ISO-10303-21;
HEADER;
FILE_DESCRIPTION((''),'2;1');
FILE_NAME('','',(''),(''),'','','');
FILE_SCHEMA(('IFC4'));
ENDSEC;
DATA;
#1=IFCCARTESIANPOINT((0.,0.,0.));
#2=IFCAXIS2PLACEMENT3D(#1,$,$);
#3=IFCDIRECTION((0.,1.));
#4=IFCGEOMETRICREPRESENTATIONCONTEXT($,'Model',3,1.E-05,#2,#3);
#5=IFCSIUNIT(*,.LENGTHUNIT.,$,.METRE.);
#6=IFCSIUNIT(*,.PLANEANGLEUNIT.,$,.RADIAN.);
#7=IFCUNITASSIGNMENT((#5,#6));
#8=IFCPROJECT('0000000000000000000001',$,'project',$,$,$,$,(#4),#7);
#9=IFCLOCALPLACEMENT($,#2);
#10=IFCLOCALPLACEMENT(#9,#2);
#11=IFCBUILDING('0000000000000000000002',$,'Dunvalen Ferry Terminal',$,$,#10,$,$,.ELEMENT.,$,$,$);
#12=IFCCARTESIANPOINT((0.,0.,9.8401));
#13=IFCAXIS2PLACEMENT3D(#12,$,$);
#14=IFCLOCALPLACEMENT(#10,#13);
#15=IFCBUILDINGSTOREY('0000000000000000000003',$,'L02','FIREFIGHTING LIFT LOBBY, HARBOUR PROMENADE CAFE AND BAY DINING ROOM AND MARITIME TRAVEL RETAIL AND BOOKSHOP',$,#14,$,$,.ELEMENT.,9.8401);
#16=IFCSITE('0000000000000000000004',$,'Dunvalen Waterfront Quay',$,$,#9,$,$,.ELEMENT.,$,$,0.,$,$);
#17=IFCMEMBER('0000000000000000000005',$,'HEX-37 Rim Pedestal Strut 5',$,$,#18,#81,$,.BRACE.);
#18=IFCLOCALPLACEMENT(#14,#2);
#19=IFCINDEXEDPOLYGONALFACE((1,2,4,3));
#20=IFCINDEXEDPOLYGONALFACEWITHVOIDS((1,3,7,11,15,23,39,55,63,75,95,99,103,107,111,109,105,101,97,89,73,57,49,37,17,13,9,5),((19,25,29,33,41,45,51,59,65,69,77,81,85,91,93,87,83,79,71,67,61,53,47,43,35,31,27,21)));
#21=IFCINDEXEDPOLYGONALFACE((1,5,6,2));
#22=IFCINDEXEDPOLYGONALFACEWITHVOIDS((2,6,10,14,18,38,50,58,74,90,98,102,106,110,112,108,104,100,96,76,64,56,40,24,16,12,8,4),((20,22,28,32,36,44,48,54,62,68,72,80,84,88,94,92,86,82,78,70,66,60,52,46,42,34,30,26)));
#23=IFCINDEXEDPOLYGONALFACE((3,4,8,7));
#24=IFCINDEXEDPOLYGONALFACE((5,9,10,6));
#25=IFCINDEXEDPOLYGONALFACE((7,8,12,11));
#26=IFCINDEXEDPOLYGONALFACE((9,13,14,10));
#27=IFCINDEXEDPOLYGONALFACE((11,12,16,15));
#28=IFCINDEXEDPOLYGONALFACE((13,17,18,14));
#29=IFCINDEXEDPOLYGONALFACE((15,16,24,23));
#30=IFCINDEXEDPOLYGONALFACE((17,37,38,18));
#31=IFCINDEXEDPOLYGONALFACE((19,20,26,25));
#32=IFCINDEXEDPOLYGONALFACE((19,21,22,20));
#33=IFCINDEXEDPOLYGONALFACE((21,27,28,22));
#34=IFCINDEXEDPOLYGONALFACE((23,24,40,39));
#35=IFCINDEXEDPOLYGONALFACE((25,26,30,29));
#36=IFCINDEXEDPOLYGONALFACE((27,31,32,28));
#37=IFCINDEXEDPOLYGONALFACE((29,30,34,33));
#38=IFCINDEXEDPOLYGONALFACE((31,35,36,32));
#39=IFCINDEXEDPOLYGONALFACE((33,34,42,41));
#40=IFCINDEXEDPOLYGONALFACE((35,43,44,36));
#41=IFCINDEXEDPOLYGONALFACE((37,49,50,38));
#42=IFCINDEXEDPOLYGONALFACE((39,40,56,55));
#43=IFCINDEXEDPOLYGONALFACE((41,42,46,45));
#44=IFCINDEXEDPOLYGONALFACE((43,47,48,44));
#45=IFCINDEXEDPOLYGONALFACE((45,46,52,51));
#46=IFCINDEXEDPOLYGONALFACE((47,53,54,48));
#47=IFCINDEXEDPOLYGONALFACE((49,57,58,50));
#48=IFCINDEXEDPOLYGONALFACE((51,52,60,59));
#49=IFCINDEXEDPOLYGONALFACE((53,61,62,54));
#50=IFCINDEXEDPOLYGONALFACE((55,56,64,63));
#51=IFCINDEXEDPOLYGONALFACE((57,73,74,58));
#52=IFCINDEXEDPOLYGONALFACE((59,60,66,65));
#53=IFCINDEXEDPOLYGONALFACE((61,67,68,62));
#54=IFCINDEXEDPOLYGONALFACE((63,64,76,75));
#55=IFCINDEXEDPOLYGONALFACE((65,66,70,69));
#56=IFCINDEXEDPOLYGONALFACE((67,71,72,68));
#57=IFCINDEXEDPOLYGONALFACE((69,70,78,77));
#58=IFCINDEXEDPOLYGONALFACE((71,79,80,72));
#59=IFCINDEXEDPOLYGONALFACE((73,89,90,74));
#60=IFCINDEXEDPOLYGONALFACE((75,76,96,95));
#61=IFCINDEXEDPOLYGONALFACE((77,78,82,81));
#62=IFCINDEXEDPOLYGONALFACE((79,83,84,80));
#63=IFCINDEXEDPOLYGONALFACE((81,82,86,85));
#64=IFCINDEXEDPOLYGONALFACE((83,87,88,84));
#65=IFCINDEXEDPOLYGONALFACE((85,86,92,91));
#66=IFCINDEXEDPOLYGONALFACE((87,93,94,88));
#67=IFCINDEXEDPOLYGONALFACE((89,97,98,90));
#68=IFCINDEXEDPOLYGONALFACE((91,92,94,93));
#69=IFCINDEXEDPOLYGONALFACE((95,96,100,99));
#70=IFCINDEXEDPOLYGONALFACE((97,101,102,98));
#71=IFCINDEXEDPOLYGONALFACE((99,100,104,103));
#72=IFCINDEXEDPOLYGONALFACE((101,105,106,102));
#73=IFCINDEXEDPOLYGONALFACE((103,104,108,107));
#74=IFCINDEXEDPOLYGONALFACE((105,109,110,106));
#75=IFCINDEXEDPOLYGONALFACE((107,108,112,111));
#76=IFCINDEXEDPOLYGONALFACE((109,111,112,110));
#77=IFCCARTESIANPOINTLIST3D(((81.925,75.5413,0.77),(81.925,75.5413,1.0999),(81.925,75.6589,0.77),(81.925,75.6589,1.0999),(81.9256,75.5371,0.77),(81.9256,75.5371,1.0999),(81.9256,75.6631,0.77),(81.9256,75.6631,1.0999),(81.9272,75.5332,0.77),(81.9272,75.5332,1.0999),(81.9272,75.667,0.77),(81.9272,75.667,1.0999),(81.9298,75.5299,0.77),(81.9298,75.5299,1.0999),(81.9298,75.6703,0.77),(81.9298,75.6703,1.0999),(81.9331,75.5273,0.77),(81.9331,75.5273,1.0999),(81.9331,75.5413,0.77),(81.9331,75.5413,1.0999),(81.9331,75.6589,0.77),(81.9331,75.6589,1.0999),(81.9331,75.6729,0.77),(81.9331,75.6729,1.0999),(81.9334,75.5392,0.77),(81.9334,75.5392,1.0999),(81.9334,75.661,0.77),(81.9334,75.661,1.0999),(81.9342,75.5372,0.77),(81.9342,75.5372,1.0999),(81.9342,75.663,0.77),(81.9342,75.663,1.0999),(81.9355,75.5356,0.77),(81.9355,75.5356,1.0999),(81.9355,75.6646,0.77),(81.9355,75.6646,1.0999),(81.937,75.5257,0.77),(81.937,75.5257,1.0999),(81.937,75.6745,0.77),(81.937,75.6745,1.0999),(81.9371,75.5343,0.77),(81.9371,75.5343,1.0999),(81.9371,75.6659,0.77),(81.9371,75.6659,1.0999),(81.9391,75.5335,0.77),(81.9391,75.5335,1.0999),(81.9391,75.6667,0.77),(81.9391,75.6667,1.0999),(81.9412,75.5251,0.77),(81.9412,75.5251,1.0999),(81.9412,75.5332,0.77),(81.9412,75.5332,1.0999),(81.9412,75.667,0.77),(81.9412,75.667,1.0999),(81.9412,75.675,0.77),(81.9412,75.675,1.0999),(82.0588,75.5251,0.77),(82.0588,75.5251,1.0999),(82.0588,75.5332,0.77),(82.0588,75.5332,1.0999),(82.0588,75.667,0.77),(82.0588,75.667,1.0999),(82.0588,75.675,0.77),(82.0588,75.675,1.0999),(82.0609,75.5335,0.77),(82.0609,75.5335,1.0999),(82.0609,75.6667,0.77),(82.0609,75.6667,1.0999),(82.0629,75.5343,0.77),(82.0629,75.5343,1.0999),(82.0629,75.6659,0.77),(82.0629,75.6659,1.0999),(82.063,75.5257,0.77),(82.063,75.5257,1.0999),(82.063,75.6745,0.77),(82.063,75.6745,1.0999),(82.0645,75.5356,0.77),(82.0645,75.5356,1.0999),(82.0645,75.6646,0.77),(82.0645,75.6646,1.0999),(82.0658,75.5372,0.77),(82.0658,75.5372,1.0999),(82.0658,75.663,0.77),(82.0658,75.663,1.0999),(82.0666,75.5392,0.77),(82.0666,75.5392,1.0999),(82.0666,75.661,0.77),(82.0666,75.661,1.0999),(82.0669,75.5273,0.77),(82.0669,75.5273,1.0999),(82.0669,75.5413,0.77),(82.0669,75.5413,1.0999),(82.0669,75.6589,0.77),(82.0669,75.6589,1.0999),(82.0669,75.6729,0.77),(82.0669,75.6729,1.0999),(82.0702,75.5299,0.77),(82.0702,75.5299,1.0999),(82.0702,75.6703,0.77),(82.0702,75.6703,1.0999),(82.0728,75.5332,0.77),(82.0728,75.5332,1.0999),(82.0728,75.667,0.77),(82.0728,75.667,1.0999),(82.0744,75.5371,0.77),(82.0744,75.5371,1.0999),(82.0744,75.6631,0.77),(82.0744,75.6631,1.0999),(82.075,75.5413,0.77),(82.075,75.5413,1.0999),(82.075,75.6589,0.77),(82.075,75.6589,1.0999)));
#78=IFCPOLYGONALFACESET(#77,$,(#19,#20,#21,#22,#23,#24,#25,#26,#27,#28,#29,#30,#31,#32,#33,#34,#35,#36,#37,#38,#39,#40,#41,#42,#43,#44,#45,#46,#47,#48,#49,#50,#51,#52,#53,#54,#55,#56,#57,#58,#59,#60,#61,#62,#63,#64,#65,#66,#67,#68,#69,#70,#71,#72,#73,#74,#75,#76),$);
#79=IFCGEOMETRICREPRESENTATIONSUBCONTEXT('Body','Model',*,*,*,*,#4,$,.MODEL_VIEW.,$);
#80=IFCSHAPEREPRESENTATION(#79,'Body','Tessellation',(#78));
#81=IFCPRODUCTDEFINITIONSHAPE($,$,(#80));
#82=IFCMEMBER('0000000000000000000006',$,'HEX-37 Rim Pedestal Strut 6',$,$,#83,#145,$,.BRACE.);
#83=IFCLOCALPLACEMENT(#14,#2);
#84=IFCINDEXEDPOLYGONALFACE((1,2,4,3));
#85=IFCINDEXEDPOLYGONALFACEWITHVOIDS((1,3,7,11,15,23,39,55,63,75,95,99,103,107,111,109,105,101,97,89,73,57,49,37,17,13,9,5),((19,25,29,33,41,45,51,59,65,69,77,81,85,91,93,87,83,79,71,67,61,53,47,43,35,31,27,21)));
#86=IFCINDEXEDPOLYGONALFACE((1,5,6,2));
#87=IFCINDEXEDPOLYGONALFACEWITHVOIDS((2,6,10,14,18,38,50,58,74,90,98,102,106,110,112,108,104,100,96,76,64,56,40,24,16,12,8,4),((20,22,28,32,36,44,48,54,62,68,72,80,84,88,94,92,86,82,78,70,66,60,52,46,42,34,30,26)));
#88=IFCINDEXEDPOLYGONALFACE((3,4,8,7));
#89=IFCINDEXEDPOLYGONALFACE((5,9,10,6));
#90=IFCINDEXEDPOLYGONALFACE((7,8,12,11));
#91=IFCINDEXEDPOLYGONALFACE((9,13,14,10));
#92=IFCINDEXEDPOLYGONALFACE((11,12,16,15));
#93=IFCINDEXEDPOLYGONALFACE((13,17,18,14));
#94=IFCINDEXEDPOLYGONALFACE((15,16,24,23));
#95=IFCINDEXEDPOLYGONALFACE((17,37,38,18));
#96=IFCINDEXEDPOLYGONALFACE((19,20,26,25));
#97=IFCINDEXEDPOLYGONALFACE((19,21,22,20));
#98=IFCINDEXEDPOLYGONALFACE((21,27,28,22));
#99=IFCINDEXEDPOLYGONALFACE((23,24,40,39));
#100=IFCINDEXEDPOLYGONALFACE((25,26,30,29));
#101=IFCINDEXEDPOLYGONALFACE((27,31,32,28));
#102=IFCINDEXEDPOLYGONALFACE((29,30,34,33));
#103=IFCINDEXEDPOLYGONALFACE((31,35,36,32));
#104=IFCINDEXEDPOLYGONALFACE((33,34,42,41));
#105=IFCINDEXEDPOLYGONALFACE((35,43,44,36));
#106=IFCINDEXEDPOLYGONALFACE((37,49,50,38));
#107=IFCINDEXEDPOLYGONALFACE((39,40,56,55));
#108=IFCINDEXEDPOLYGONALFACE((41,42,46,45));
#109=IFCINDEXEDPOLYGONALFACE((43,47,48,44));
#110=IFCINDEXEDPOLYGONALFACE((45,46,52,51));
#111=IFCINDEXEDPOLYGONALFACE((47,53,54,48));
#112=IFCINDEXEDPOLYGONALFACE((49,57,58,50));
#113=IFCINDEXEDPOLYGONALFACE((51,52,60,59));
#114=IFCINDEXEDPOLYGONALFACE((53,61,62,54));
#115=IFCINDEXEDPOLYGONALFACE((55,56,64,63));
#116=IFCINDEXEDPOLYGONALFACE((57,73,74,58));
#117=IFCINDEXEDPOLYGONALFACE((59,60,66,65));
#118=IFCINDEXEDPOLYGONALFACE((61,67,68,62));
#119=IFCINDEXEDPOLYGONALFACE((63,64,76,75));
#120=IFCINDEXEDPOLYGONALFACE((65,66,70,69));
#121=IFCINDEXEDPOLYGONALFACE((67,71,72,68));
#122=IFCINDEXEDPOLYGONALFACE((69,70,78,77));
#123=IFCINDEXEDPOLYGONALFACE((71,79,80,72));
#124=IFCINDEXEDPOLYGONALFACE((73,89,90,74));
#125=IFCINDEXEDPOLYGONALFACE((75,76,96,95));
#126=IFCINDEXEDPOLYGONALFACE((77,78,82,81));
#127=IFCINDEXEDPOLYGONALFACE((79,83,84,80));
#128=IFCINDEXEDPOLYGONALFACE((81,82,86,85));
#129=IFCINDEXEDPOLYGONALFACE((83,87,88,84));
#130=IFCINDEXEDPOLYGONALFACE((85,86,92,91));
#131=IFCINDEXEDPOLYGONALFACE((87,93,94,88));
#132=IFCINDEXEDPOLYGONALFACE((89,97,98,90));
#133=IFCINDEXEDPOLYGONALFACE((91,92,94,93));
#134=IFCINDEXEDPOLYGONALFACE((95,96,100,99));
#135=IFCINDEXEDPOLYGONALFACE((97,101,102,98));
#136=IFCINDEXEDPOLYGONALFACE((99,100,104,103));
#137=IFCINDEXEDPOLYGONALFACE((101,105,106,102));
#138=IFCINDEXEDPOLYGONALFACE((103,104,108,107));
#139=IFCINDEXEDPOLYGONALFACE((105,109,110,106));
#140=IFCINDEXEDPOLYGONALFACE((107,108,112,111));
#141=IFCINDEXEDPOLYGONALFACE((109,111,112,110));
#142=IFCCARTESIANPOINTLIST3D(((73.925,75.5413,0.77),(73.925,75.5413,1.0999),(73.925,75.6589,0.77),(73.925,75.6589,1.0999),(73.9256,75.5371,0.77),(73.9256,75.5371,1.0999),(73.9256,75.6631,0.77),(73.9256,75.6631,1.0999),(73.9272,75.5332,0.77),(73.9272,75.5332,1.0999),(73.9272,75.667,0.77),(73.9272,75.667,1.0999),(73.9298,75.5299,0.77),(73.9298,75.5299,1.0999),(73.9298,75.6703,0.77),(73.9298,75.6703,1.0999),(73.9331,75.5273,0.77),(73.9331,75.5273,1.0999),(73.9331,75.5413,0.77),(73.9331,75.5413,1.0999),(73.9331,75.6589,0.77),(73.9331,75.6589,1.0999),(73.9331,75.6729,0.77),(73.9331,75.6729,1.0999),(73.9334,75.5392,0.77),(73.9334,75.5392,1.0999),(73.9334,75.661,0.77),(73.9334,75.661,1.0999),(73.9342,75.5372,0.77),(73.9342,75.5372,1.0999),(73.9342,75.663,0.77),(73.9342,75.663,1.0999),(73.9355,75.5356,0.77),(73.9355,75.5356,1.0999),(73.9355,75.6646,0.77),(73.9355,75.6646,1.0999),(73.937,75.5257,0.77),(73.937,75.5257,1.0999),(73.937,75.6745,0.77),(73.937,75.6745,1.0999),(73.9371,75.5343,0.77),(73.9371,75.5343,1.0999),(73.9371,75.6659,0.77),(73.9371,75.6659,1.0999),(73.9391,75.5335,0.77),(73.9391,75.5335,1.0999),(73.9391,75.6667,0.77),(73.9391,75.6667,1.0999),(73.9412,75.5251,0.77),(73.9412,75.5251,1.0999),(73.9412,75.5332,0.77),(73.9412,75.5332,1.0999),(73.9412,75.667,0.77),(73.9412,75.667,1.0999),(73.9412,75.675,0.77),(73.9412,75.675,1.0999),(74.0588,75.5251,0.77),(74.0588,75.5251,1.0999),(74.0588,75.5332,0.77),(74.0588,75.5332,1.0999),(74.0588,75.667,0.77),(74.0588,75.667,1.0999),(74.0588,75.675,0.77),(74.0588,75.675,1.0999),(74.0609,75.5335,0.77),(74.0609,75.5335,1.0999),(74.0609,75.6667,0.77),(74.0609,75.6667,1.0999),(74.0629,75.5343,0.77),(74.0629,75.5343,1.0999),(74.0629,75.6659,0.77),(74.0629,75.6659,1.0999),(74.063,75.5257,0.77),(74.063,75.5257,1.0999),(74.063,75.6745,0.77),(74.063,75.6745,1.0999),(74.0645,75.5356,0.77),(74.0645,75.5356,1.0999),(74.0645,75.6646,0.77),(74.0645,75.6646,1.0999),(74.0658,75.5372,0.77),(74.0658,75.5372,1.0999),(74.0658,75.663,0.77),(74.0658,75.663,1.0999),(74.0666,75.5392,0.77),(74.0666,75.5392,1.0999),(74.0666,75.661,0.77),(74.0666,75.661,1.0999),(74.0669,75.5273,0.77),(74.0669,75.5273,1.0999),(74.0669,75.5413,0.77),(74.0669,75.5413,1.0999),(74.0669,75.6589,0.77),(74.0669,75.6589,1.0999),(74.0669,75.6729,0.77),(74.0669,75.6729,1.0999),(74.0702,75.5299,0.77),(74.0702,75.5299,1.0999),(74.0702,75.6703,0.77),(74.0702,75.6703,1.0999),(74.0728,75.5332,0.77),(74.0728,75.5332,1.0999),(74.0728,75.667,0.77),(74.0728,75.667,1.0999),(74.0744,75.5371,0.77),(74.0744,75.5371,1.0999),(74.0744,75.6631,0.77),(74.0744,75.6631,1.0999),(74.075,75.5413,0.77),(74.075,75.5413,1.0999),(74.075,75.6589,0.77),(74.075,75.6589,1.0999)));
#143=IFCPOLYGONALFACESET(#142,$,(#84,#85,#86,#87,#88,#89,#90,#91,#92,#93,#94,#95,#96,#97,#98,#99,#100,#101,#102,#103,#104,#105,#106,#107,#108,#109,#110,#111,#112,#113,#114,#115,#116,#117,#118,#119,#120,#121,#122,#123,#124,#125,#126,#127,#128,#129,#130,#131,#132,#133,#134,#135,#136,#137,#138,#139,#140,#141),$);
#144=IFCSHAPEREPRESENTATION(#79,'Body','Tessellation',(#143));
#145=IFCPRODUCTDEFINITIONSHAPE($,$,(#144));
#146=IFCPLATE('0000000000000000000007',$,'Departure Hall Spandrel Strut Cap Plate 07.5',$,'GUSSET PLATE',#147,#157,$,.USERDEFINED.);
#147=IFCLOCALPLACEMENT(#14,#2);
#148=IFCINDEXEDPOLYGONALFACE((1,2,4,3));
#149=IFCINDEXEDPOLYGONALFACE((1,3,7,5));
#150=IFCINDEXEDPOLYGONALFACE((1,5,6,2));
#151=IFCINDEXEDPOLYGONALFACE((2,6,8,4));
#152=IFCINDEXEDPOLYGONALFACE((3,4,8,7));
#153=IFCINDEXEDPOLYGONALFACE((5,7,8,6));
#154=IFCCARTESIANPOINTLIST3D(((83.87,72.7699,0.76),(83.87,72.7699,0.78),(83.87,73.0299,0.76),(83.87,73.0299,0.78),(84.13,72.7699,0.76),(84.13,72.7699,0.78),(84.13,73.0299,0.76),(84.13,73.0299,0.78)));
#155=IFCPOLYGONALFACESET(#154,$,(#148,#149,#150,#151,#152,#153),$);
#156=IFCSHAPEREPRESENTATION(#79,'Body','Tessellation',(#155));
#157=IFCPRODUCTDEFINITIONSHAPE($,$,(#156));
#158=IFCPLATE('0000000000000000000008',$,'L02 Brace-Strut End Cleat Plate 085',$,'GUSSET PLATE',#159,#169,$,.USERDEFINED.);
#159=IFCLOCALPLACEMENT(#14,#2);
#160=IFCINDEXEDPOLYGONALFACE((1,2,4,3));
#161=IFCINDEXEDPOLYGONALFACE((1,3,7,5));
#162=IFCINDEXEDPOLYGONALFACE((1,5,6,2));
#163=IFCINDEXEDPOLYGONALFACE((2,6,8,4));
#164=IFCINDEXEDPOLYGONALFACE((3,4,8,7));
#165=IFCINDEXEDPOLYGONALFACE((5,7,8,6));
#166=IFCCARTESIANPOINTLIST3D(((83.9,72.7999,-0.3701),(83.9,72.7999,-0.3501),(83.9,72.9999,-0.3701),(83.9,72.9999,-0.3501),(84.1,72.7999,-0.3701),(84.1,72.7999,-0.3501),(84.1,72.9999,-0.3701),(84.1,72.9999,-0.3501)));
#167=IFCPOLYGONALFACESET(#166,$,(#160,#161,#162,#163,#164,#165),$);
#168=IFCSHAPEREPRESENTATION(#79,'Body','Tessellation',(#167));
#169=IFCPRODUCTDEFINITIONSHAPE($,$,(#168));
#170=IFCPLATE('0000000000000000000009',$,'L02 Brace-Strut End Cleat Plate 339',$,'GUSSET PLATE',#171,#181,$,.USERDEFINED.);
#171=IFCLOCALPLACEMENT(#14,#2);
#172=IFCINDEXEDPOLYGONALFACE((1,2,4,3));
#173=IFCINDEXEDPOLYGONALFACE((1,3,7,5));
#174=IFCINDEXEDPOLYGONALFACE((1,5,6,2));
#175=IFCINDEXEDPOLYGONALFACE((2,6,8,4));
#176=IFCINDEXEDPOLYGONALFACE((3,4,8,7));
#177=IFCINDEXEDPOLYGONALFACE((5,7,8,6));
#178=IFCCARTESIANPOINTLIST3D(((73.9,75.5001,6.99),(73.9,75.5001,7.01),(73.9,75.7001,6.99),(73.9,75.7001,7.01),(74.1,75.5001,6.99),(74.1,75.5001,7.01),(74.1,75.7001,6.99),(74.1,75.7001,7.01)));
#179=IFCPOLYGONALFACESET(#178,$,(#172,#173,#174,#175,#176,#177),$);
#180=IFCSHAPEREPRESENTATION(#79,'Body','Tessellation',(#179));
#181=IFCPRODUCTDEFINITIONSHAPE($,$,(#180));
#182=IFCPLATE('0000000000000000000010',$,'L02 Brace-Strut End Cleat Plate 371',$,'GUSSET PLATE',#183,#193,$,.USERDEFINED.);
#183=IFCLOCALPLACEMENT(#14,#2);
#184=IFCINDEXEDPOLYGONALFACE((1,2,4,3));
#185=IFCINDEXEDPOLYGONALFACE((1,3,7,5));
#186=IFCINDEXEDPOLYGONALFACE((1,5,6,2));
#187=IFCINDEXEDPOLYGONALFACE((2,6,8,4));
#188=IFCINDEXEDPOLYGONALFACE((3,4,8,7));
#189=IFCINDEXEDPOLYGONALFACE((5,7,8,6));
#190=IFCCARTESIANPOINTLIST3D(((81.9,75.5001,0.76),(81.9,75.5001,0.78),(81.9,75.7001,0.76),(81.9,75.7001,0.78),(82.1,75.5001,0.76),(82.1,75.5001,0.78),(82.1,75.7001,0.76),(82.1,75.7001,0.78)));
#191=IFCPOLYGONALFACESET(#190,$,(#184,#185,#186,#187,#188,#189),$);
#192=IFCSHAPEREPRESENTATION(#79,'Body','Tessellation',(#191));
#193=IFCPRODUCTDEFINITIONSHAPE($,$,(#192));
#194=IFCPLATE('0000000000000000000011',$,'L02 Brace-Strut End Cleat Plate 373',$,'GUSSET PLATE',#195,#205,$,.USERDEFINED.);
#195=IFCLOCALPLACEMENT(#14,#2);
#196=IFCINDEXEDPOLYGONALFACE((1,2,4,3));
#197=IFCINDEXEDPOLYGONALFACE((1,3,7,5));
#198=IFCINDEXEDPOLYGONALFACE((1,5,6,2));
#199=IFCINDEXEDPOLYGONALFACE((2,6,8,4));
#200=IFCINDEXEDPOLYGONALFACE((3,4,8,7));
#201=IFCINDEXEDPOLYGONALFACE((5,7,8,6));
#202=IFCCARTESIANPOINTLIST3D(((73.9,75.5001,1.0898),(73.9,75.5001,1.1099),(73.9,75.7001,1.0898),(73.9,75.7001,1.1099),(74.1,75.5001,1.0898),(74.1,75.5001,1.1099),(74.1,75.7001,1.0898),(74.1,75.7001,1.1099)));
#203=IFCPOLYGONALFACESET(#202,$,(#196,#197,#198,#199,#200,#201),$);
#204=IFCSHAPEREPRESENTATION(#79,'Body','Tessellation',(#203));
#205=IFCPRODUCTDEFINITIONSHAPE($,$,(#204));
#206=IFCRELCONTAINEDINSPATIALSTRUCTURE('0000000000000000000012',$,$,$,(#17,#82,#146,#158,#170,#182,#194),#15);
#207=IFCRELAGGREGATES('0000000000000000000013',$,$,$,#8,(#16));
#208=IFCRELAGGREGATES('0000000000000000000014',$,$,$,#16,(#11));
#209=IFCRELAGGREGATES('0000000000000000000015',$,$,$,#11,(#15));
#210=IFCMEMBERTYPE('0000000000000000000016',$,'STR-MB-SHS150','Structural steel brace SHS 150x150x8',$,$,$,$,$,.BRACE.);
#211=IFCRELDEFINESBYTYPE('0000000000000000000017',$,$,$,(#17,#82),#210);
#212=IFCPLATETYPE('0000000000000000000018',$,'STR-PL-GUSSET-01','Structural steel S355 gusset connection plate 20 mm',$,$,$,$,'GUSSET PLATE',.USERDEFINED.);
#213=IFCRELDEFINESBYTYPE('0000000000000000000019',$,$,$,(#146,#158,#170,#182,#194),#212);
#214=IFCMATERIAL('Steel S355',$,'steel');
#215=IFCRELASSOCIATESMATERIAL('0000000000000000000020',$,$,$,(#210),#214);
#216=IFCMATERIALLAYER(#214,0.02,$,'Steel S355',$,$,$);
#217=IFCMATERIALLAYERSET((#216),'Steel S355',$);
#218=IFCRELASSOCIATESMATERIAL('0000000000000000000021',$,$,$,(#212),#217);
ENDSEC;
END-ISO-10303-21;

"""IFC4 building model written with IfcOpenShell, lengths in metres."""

from ifc_helpers import new_model, si_unit, direction, frame, origin, origin_2d, place, context, subcontext, project, spatial, rectangle, hollow_rectangle, extrude, material, layer, layer_set, material_profile, profile_set, type_object, element, save


model = new_model("IFC4")

# Units and contexts
model_context = context("Model", 3, precision=1e-05, world=origin(), true_north=direction((0.0, 1.0)))
body_context = subcontext(model_context, "Body", "Model", "MODEL_VIEW")
ifc_project = project(units=[si_unit("LENGTHUNIT", "METRE"), si_unit("PLANEANGLEUNIT", "RADIAN")], contexts=[model_context])

# Site, building, storey
site_placement = place(None, origin())
site = spatial("IfcSite", under=ifc_project, at=site_placement, Name="Dunvalen Waterfront Quay", CompositionType="ELEMENT", RefElevation=0.0)
building_placement = place(site_placement, origin())
building = spatial("IfcBuilding", under=site, at=building_placement, Name="Dunvalen Ferry Terminal", CompositionType="ELEMENT")
storey_placement = place(building_placement, frame((0.0, 0.0, 9.8401)))
storey = spatial("IfcBuildingStorey", under=building, at=storey_placement, Name="L02", Description="FIREFIGHTING LIFT LOBBY, HARBOUR PROMENADE CAFE AND BAY DINING ROOM AND MARITIME TRAVEL RETAIL AND BOOKSHOP", CompositionType="ELEMENT", Elevation=9.8401)

# Shared definitions
ifc_material_1 = material(Name="Steel S355", Category="steel")

# Members
ifc_material_profile_1 = material_profile(ifc_material_1, hollow_rectangle(XDim=0.1499, YDim=0.1499, WallThickness=0.0081, InnerFilletRadius=0.0081, OuterFilletRadius=0.0161, at=origin_2d()), Name="Steel S355")
ifc_profile_set_1 = profile_set([ifc_material_profile_1], Name="Steel S355")
member_type_1 = type_object("IfcMemberType", Name="STR-MB-SHS150", Description="Structural steel brace SHS 150x150x8", PredefinedType="BRACE", material=ifc_profile_set_1)
for number, where, z_axis, x_axis, name in (
    (1, (82.0, 75.6001, 0.77), (0.0, 0.0, 1.0), (1.0, 0.0, 0.0), "HEX-37 Rim Pedestal Strut 5"),
    (2, (74.0, 75.6001, 0.77), (0.0, 0.0, 1.0), (1.0, 0.0, 0.0), "HEX-37 Rim Pedestal Strut 6"),
):
    element("IfcMember", number, at=place(storey_placement, frame(where, z_axis=z_axis, x_axis=x_axis)), inside=storey, type_object=member_type_1, Name=name, PredefinedType="BRACE", context=body_context, shape_type="SweptSolid", body=[
        extrude(hollow_rectangle(XDim=0.1499, YDim=0.1499, WallThickness=0.0081, InnerFilletRadius=0.0081, OuterFilletRadius=0.0161, at=origin_2d()), origin(), (0.0, 0.0, 1.0), 0.3298),
    ])

# Plates
ifc_layer_1 = layer(ifc_material_1, 0.02, Name="Steel S355")
ifc_layer_set_1 = layer_set([ifc_layer_1], Name="Steel S355")
plate_type_1 = type_object("IfcPlateType", Name="STR-PL-GUSSET-01", Description="Structural steel S355 gusset connection plate 20 mm", ElementType="GUSSET PLATE", PredefinedType="USERDEFINED", material=ifc_layer_set_1)
plate_placement = place(storey_placement, frame((84.0, 72.8999, 0.76), z_axis=(0.0, 0.0, 1.0), x_axis=(1.0, 0.0, 0.0)))
element("IfcPlate", 3, at=plate_placement, inside=storey, type_object=plate_type_1, Name="Departure Hall Spandrel Strut Cap Plate 07.5", ObjectType="GUSSET PLATE", PredefinedType="USERDEFINED", context=body_context, shape_type="SweptSolid", body=[
    extrude(rectangle(XDim=0.26, YDim=0.26, at=origin_2d()), origin(), (0.0, 0.0, 1.0), 0.02),
])
for number, where, z_axis, x_axis, name in (
    (4, (84.0, 72.8999, -0.3701), (0.0, 0.0, 1.0), (1.0, 0.0, 0.0), "L02 Brace-Strut End Cleat Plate 085"),
    (5, (74.0, 75.6001, 6.99), (0.0, 0.0, 1.0), (1.0, 0.0, 0.0), "L02 Brace-Strut End Cleat Plate 339"),
    (6, (82.0, 75.6001, 0.76), (0.0, 0.0, 1.0), (1.0, 0.0, 0.0), "L02 Brace-Strut End Cleat Plate 371"),
    (7, (74.0, 75.6001, 1.0898), (0.0, 0.0, 1.0), (1.0, 0.0, 0.0), "L02 Brace-Strut End Cleat Plate 373"),
):
    element("IfcPlate", number, at=place(storey_placement, frame(where, z_axis=z_axis, x_axis=x_axis)), inside=storey, type_object=plate_type_1, Name=name, ObjectType="GUSSET PLATE", PredefinedType="USERDEFINED", context=body_context, shape_type="SweptSolid", body=[
        extrude(rectangle(XDim=0.2, YDim=0.2, at=origin_2d()), origin(), (0.0, 0.0, 1.0), 0.02),
    ])

save(model, "model.ifc")
